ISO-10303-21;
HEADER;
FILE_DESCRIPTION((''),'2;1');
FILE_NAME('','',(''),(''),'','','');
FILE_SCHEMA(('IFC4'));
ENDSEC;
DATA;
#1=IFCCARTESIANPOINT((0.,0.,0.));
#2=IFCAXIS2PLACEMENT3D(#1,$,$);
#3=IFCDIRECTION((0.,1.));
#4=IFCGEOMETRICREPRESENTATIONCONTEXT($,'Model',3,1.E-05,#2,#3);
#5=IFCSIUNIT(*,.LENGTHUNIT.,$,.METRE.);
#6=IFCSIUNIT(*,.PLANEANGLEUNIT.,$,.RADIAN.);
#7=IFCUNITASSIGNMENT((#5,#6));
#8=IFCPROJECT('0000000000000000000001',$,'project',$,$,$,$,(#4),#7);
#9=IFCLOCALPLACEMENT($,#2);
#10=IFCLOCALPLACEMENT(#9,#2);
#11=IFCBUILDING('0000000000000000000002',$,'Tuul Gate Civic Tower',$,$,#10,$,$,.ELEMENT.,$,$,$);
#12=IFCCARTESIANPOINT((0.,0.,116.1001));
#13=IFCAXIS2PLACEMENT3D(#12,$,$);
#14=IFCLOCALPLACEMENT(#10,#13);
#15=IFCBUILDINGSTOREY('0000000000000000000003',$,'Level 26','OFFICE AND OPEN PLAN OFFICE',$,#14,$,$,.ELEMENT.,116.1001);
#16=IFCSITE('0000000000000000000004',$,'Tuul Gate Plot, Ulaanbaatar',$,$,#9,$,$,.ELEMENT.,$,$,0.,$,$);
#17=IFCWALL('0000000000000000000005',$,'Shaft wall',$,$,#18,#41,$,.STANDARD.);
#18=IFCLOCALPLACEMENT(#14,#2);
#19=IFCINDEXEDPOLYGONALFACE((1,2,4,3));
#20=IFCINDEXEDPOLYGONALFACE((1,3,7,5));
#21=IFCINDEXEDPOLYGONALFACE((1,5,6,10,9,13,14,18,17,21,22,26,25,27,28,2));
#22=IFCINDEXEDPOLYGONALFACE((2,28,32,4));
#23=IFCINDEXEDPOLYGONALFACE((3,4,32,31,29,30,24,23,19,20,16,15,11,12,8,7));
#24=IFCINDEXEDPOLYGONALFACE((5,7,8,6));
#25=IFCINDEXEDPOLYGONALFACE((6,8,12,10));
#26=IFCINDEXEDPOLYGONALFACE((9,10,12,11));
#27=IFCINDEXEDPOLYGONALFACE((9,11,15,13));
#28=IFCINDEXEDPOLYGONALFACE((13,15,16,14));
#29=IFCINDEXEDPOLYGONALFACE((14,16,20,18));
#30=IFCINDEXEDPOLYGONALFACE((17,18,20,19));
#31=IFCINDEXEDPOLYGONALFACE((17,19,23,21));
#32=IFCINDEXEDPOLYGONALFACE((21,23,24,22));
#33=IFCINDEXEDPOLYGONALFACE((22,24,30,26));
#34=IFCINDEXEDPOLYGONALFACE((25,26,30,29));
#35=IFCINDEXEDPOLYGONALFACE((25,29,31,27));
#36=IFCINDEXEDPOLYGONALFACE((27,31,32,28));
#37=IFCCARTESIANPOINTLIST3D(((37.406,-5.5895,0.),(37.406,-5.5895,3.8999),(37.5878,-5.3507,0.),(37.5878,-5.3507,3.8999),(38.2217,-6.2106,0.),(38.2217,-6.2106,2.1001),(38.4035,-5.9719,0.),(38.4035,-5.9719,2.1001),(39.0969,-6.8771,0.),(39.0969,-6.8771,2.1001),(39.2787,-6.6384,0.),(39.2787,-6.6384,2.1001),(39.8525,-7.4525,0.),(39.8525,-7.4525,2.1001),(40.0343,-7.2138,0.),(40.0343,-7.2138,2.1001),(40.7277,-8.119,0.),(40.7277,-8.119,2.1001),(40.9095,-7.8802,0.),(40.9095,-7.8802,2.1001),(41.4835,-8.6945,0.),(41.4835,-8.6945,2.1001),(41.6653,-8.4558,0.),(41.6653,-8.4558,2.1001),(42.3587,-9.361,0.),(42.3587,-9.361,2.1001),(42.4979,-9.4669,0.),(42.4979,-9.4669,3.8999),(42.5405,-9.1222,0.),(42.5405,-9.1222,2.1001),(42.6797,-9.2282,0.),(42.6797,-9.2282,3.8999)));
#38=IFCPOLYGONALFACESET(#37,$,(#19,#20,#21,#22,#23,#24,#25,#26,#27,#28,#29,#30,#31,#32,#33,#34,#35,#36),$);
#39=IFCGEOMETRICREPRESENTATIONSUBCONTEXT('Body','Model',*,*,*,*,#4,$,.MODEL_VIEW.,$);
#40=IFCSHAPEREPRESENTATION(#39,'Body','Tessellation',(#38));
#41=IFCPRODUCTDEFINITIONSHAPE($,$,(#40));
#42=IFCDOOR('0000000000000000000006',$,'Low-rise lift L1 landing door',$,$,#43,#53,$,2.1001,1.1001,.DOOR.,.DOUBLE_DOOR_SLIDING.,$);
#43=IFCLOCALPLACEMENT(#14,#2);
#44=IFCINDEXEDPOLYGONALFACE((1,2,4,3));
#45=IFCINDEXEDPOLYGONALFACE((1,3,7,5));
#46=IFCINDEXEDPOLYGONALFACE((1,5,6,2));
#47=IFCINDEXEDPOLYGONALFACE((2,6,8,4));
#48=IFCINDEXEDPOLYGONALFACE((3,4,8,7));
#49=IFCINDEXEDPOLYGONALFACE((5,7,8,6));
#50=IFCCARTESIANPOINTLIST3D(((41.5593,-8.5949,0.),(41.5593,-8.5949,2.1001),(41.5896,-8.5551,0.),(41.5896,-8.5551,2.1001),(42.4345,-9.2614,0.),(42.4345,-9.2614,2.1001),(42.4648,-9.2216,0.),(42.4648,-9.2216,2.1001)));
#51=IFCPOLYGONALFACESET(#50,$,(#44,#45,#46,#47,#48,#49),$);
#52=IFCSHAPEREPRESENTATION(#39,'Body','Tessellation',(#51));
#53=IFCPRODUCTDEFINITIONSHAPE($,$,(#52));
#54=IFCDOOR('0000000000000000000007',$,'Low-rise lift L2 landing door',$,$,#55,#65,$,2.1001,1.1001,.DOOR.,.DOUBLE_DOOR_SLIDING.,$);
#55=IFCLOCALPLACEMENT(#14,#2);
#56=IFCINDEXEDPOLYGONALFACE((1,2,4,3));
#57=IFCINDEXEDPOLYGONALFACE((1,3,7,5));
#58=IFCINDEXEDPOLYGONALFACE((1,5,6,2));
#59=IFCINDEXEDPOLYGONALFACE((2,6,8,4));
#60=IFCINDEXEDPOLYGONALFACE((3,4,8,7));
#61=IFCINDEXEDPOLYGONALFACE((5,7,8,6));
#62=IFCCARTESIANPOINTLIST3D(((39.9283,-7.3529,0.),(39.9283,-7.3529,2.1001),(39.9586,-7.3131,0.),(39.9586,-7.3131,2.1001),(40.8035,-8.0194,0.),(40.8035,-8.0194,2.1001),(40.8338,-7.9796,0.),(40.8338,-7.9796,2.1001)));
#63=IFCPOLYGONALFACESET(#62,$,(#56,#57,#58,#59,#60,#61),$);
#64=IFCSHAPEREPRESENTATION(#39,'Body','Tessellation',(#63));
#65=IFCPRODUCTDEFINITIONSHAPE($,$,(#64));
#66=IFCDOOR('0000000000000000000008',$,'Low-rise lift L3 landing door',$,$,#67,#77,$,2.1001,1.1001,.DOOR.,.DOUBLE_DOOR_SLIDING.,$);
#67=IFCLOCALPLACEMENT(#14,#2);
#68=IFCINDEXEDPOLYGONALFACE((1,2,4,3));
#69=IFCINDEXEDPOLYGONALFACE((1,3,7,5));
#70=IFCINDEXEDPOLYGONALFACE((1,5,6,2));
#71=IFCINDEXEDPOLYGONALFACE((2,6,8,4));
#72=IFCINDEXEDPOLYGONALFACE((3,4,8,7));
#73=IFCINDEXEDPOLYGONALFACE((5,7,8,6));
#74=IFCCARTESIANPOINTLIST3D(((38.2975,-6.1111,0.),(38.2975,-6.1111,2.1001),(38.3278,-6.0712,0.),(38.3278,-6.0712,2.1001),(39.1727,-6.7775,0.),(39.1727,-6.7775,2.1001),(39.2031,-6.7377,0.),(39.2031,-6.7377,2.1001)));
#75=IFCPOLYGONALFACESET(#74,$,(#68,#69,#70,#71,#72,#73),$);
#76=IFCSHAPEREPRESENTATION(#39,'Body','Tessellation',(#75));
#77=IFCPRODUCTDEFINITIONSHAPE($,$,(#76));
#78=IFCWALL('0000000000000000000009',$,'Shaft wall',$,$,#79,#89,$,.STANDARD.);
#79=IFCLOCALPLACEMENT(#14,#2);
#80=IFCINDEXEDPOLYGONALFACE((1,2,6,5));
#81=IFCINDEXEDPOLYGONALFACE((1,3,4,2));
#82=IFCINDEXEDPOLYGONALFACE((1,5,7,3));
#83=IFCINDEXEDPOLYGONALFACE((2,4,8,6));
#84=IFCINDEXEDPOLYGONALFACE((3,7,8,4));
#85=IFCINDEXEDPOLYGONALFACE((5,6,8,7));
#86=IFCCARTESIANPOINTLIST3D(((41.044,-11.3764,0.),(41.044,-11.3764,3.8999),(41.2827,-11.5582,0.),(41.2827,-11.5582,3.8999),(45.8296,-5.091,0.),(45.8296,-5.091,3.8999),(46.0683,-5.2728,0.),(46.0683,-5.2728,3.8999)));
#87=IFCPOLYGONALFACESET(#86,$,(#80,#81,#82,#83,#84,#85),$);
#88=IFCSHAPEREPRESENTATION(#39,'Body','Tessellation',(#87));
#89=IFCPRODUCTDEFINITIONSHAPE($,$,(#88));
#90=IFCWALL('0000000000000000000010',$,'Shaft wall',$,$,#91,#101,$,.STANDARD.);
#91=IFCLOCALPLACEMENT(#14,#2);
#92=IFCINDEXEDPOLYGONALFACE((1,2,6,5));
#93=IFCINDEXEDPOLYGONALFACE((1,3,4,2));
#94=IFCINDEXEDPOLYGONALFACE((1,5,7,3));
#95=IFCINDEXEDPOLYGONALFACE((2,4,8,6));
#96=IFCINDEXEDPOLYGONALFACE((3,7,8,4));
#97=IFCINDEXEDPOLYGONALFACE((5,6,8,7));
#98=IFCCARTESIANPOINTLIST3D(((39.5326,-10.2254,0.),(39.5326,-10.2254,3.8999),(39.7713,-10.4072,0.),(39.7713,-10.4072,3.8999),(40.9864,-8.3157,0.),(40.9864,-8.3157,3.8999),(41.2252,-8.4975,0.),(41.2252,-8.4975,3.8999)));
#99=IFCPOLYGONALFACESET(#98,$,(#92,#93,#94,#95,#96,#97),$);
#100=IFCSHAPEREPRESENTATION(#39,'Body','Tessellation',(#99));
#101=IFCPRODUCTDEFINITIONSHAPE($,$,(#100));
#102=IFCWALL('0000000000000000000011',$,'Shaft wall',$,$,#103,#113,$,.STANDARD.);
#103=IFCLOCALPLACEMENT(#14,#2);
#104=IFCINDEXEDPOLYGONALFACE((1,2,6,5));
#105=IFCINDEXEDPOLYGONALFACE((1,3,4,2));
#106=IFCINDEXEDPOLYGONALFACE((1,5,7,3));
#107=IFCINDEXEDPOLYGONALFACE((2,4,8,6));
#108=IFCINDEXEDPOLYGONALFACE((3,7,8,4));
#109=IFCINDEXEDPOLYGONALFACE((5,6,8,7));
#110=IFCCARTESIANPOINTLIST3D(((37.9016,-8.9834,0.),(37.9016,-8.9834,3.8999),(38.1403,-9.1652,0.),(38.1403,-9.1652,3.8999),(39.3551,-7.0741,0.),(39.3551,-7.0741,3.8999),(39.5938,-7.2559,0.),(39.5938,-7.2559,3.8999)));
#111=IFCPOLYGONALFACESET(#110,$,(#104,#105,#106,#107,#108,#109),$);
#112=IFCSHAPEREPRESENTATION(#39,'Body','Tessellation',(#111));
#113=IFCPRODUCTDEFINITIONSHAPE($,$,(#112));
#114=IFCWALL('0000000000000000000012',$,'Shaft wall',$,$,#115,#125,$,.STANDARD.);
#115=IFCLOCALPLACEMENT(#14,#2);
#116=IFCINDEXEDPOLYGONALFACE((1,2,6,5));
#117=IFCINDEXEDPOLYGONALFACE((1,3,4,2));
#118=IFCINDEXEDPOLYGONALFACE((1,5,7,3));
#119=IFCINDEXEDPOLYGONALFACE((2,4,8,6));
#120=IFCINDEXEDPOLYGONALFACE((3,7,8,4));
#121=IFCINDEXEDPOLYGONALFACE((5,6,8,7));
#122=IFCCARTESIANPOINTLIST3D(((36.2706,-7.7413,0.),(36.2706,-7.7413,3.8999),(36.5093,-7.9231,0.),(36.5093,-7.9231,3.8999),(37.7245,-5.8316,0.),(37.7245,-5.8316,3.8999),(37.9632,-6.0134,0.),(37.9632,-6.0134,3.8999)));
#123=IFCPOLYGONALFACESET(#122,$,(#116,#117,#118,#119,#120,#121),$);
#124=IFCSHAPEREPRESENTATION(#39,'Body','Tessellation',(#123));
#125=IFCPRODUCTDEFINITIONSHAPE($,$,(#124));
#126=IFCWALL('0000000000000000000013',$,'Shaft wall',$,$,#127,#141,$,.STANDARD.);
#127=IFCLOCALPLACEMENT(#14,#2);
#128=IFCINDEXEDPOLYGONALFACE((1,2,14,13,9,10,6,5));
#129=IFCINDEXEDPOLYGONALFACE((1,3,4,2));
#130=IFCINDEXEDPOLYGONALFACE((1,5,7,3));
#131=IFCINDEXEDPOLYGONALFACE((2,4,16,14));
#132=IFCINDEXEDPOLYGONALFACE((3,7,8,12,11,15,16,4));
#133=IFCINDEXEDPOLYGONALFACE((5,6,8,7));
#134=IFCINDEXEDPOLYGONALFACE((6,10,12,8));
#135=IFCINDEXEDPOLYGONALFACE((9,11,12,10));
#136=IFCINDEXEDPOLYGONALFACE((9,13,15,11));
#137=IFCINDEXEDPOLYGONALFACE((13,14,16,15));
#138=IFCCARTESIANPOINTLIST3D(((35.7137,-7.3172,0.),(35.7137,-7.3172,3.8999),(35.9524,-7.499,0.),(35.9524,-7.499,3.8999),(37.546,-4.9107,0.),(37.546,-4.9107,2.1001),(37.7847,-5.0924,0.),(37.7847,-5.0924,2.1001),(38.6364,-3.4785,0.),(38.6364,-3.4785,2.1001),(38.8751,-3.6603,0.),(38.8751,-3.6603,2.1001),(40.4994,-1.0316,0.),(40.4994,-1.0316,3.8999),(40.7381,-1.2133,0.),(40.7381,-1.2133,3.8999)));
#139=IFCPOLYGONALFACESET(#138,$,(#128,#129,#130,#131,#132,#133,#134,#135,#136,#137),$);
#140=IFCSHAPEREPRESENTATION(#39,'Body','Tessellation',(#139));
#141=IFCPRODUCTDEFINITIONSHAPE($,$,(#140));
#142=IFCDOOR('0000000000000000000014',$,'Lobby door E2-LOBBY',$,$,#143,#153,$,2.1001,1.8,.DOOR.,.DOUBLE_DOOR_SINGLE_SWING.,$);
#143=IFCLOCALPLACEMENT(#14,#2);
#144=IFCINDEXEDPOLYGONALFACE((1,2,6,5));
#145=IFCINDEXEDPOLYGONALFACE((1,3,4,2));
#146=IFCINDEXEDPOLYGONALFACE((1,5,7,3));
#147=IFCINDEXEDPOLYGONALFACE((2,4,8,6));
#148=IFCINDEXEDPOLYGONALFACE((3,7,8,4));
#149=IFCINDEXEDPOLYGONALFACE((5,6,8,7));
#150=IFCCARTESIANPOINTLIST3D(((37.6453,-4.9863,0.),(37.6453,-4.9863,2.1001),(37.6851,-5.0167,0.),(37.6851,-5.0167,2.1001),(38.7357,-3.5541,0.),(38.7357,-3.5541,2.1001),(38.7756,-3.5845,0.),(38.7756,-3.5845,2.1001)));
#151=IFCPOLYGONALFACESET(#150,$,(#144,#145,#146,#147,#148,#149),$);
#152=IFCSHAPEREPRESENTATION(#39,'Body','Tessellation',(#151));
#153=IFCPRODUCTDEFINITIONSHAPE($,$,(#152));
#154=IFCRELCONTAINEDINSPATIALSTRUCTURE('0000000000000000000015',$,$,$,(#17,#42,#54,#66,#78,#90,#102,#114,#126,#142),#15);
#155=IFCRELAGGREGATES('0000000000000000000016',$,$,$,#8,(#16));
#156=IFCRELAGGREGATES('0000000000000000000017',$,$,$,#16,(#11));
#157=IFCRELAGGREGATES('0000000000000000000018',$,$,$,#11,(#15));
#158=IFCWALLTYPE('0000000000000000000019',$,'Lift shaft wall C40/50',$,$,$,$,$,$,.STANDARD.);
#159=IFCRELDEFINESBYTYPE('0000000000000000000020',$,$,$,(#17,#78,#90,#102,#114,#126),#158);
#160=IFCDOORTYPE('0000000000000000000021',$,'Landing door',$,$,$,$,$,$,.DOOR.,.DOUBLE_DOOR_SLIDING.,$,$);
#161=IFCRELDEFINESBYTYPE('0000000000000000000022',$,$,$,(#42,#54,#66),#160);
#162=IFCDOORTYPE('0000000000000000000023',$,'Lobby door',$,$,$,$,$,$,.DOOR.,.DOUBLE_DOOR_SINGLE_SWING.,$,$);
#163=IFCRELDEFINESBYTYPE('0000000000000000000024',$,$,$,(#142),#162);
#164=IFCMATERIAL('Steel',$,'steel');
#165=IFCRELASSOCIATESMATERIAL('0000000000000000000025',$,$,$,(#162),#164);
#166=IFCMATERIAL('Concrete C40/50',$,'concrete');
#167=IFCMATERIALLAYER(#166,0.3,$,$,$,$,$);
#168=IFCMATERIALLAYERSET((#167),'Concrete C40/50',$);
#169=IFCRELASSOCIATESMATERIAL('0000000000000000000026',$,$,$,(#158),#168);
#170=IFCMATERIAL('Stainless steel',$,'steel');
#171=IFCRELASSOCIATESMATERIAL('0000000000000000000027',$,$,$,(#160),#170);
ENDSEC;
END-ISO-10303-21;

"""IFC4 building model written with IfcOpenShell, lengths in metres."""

from ifc_helpers import new_model, si_unit, direction, frame, frame_2d, origin, place, context, subcontext, project, spatial, rectangle, extrude, material, layer, layer_set, type_object, element, fill, save


model = new_model("IFC4")

# Units and contexts
model_context = context("Model", 3, precision=1e-05, world=origin(), true_north=direction((0.0, 1.0)))
body_context = subcontext(model_context, "Body", "Model", "MODEL_VIEW")
ifc_project = project(units=[si_unit("LENGTHUNIT", "METRE"), si_unit("PLANEANGLEUNIT", "RADIAN")], contexts=[model_context])

# Site, building, storey
site_placement = place(None, origin())
site = spatial("IfcSite", under=ifc_project, at=site_placement, Name="Tuul Gate Plot, Ulaanbaatar", CompositionType="ELEMENT", RefElevation=0.0)
building_placement = place(site_placement, origin())
building = spatial("IfcBuilding", under=site, at=building_placement, Name="Tuul Gate Civic Tower", CompositionType="ELEMENT")
storey_placement = place(building_placement, frame((0.0, 0.0, 116.1001)))
storey = spatial("IfcBuildingStorey", under=building, at=storey_placement, Name="Level 26", Description="OFFICE AND OPEN PLAN OFFICE", CompositionType="ELEMENT", Elevation=116.1001)

# Shared definitions
ifc_material_1 = material(Name="Steel", Category="steel")
door_type_1 = type_object("IfcDoorType", Name="Lobby door", OperationType="DOUBLE_DOOR_SINGLE_SWING", PredefinedType="DOOR", material=ifc_material_1)

# Shared definitions
ifc_material_2 = material(Name="Concrete C40/50", Category="concrete")
ifc_layer_1 = layer(ifc_material_2, 0.3)
ifc_layer_set_1 = layer_set([ifc_layer_1], Name="Concrete C40/50")
wall_type_1 = type_object("IfcWallType", Name="Lift shaft wall C40/50", PredefinedType="STANDARD", material=ifc_layer_set_1)

# Wall, openings, doors
wall_1_placement = place(storey_placement, frame((42.5889, -9.3477, 0.0), z_axis=(0.0, 0.0, 1.0), x_axis=(-0.795584, 0.605843, 0.0)))
wall_1 = element("IfcWall", 1, at=wall_1_placement, inside=storey, type_object=wall_type_1, Name="Shaft wall", PredefinedType="STANDARD", context=body_context, shape_type="SweptSolid", body=[
    extrude(rectangle(XDim=6.4001, YDim=0.3, at=frame_2d((3.2002, 0.0))), origin(), (0.0, 0.0, 1.0), 3.8999),
])
opening_1_placement = place(wall_1_placement, frame((0.175, 0.0, 0.0)))
opening_1 = element("IfcOpeningElement", 2, at=opening_1_placement, cuts=wall_1, PredefinedType="OPENING", context=body_context, shape_type="SweptSolid", body=[
    extrude(rectangle(XDim=1.1001, YDim=2.1001, at=frame_2d((0.55, 1.05))), frame((0.0, 0.1602, 0.0), z_axis=(0.0, -1.0, 0.0), x_axis=(1.0, 0.0, 0.0)), (0.0, 0.0, 1.0), 0.3201),
])
opening_2_placement = place(wall_1_placement, frame((2.2251, 0.0, 0.0)))
opening_2 = element("IfcOpeningElement", 3, at=opening_2_placement, cuts=wall_1, PredefinedType="OPENING", context=body_context, shape_type="SweptSolid", body=[
    extrude(rectangle(XDim=1.1001, YDim=2.1001, at=frame_2d((0.55, 1.05))), frame((0.0, 0.1602, 0.0), z_axis=(0.0, -1.0, 0.0), x_axis=(1.0, 0.0, 0.0)), (0.0, 0.0, 1.0), 0.3201),
])
opening_3_placement = place(wall_1_placement, frame((4.2749, 0.0, 0.0)))
opening_3 = element("IfcOpeningElement", 4, at=opening_3_placement, cuts=wall_1, PredefinedType="OPENING", context=body_context, shape_type="SweptSolid", body=[
    extrude(rectangle(XDim=1.1001, YDim=2.1001, at=frame_2d((0.55, 1.05))), frame((0.0, 0.1602, 0.0), z_axis=(0.0, -1.0, 0.0), x_axis=(1.0, 0.0, 0.0)), (0.0, 0.0, 1.0), 0.3201),
])
ifc_material_3 = material(Name="Stainless steel", Category="steel")
door_type_2 = type_object("IfcDoorType", Name="Landing door", OperationType="DOUBLE_DOOR_SLIDING", PredefinedType="DOOR", material=ifc_material_3)
door_1_placement = place(opening_1_placement, origin())
door_1 = element("IfcDoor", 5, at=door_1_placement, inside=storey, type_object=door_type_2, Name="Low-rise lift L1 landing door", OperationType="DOUBLE_DOOR_SLIDING", OverallHeight=2.1001, OverallWidth=1.1001, PredefinedType="DOOR", context=body_context, shape_type="SweptSolid", body=[
    extrude(rectangle(XDim=1.1001, YDim=2.1001, at=frame_2d((0.55, 1.05))), frame((0.0, 0.0249, 0.0), z_axis=(0.0, -1.0, 0.0), x_axis=(1.0, 0.0, 0.0)), (0.0, 0.0, 1.0), 0.05),
])
fill(opening_1, door_1)
door_2_placement = place(opening_2_placement, origin())
door_2 = element("IfcDoor", 6, at=door_2_placement, inside=storey, type_object=door_type_2, Name="Low-rise lift L2 landing door", OperationType="DOUBLE_DOOR_SLIDING", OverallHeight=2.1001, OverallWidth=1.1001, PredefinedType="DOOR", context=body_context, shape_type="SweptSolid", body=[
    extrude(rectangle(XDim=1.1001, YDim=2.1001, at=frame_2d((0.55, 1.05))), frame((0.0, 0.0249, 0.0), z_axis=(0.0, -1.0, 0.0), x_axis=(1.0, 0.0, 0.0)), (0.0, 0.0, 1.0), 0.05),
])
fill(opening_2, door_2)
door_3_placement = place(opening_3_placement, origin())
door_3 = element("IfcDoor", 7, at=door_3_placement, inside=storey, type_object=door_type_2, Name="Low-rise lift L3 landing door", OperationType="DOUBLE_DOOR_SLIDING", OverallHeight=2.1001, OverallWidth=1.1001, PredefinedType="DOOR", context=body_context, shape_type="SweptSolid", body=[
    extrude(rectangle(XDim=1.1001, YDim=2.1001, at=frame_2d((0.55, 1.05))), frame((0.0, 0.0249, 0.0), z_axis=(0.0, -1.0, 0.0), x_axis=(1.0, 0.0, 0.0)), (0.0, 0.0, 1.0), 0.05),
])
fill(opening_3, door_3)

# Walls
wall_2_placement = place(storey_placement, frame((41.1633, -11.4673, 0.0), z_axis=(0.0, 0.0, 1.0), x_axis=(0.605784, 0.795629, 0.0)))
element("IfcWall", 8, at=wall_2_placement, inside=storey, type_object=wall_type_1, Name="Shaft wall", PredefinedType="STANDARD", context=body_context, shape_type="SweptSolid", body=[
    extrude(rectangle(XDim=7.8999, YDim=0.3, at=frame_2d((3.95, 0.0))), origin(), (0.0, 0.0, 1.0), 3.8999),
])
wall_3_placement = place(storey_placement, frame((39.6519, -10.3164, 0.0), z_axis=(0.0, 0.0, 1.0), x_axis=(0.605746, 0.795658, 0.0)))
element("IfcWall", 9, at=wall_3_placement, inside=storey, type_object=wall_type_1, Name="Shaft wall", PredefinedType="STANDARD", context=body_context, shape_type="SweptSolid", body=[
    extrude(rectangle(XDim=2.4001, YDim=0.3, at=frame_2d((1.2002, 0.0))), origin(), (0.0, 0.0, 1.0), 3.8999),
])
wall_4_placement = place(storey_placement, frame((38.021, -9.0742, 0.0), z_axis=(0.0, 0.0, 1.0), x_axis=(0.605731, 0.79567, 0.0)))
element("IfcWall", 10, at=wall_4_placement, inside=storey, type_object=wall_type_1, Name="Shaft wall", PredefinedType="STANDARD", context=body_context, shape_type="SweptSolid", body=[
    extrude(rectangle(XDim=2.3997, YDim=0.3, at=frame_2d((1.1997, 0.0))), origin(), (0.0, 0.0, 1.0), 3.8999),
])
wall_5_placement = place(storey_placement, frame((36.3899, -7.8323, 0.0), z_axis=(0.0, 0.0, 1.0), x_axis=(0.605746, 0.795658, 0.0)))
element("IfcWall", 11, at=wall_5_placement, inside=storey, type_object=wall_type_1, Name="Shaft wall", PredefinedType="STANDARD", context=body_context, shape_type="SweptSolid", body=[
    extrude(rectangle(XDim=2.4001, YDim=0.3, at=frame_2d((1.2002, 0.0))), origin(), (0.0, 0.0, 1.0), 3.8999),
])

# Wall, opening, door
wall_6_placement = place(storey_placement, frame((35.833, -7.4082, 0.0), z_axis=(0.0, 0.0, 1.0), x_axis=(0.605769, 0.79564, 0.0)))
wall_6 = element("IfcWall", 12, at=wall_6_placement, inside=storey, type_object=wall_type_1, Name="Shaft wall", PredefinedType="STANDARD", context=body_context, shape_type="SweptSolid", body=[
    extrude(rectangle(XDim=7.9001, YDim=0.3, at=frame_2d((3.9502, 0.0))), origin(), (0.0, 0.0, 1.0), 3.8999),
])
opening_4_placement = place(wall_6_placement, frame((3.0249, 0.0, 0.0)))
opening_4 = element("IfcOpeningElement", 13, at=opening_4_placement, cuts=wall_6, PredefinedType="OPENING", context=body_context, shape_type="SweptSolid", body=[
    extrude(rectangle(XDim=1.8, YDim=2.1001, at=frame_2d((0.8999, 1.05))), frame((0.0, 0.1602, 0.0), z_axis=(0.0, -1.0, 0.0), x_axis=(1.0, 0.0, 0.0)), (0.0, 0.0, 1.0), 0.3201),
])
door_4_placement = place(opening_4_placement, frame((1.8, 0.0, 0.0), z_axis=(0.0, 0.0, 1.0), x_axis=(-1.0, 0.0, 0.0)))
door_4 = element("IfcDoor", 14, at=door_4_placement, inside=storey, type_object=door_type_1, Name="Lobby door E2-LOBBY", OperationType="DOUBLE_DOOR_SINGLE_SWING", OverallHeight=2.1001, OverallWidth=1.8, PredefinedType="DOOR", context=body_context, shape_type="SweptSolid", body=[
    extrude(rectangle(XDim=1.8, YDim=2.1001, at=frame_2d((0.9001, 1.05))), frame((0.0, 0.0249, 0.0), z_axis=(0.0, -1.0, 0.0), x_axis=(1.0, 0.0, 0.0)), (0.0, 0.0, 1.0), 0.05),
])
fill(opening_4, door_4)

save(model, "model.ifc")
